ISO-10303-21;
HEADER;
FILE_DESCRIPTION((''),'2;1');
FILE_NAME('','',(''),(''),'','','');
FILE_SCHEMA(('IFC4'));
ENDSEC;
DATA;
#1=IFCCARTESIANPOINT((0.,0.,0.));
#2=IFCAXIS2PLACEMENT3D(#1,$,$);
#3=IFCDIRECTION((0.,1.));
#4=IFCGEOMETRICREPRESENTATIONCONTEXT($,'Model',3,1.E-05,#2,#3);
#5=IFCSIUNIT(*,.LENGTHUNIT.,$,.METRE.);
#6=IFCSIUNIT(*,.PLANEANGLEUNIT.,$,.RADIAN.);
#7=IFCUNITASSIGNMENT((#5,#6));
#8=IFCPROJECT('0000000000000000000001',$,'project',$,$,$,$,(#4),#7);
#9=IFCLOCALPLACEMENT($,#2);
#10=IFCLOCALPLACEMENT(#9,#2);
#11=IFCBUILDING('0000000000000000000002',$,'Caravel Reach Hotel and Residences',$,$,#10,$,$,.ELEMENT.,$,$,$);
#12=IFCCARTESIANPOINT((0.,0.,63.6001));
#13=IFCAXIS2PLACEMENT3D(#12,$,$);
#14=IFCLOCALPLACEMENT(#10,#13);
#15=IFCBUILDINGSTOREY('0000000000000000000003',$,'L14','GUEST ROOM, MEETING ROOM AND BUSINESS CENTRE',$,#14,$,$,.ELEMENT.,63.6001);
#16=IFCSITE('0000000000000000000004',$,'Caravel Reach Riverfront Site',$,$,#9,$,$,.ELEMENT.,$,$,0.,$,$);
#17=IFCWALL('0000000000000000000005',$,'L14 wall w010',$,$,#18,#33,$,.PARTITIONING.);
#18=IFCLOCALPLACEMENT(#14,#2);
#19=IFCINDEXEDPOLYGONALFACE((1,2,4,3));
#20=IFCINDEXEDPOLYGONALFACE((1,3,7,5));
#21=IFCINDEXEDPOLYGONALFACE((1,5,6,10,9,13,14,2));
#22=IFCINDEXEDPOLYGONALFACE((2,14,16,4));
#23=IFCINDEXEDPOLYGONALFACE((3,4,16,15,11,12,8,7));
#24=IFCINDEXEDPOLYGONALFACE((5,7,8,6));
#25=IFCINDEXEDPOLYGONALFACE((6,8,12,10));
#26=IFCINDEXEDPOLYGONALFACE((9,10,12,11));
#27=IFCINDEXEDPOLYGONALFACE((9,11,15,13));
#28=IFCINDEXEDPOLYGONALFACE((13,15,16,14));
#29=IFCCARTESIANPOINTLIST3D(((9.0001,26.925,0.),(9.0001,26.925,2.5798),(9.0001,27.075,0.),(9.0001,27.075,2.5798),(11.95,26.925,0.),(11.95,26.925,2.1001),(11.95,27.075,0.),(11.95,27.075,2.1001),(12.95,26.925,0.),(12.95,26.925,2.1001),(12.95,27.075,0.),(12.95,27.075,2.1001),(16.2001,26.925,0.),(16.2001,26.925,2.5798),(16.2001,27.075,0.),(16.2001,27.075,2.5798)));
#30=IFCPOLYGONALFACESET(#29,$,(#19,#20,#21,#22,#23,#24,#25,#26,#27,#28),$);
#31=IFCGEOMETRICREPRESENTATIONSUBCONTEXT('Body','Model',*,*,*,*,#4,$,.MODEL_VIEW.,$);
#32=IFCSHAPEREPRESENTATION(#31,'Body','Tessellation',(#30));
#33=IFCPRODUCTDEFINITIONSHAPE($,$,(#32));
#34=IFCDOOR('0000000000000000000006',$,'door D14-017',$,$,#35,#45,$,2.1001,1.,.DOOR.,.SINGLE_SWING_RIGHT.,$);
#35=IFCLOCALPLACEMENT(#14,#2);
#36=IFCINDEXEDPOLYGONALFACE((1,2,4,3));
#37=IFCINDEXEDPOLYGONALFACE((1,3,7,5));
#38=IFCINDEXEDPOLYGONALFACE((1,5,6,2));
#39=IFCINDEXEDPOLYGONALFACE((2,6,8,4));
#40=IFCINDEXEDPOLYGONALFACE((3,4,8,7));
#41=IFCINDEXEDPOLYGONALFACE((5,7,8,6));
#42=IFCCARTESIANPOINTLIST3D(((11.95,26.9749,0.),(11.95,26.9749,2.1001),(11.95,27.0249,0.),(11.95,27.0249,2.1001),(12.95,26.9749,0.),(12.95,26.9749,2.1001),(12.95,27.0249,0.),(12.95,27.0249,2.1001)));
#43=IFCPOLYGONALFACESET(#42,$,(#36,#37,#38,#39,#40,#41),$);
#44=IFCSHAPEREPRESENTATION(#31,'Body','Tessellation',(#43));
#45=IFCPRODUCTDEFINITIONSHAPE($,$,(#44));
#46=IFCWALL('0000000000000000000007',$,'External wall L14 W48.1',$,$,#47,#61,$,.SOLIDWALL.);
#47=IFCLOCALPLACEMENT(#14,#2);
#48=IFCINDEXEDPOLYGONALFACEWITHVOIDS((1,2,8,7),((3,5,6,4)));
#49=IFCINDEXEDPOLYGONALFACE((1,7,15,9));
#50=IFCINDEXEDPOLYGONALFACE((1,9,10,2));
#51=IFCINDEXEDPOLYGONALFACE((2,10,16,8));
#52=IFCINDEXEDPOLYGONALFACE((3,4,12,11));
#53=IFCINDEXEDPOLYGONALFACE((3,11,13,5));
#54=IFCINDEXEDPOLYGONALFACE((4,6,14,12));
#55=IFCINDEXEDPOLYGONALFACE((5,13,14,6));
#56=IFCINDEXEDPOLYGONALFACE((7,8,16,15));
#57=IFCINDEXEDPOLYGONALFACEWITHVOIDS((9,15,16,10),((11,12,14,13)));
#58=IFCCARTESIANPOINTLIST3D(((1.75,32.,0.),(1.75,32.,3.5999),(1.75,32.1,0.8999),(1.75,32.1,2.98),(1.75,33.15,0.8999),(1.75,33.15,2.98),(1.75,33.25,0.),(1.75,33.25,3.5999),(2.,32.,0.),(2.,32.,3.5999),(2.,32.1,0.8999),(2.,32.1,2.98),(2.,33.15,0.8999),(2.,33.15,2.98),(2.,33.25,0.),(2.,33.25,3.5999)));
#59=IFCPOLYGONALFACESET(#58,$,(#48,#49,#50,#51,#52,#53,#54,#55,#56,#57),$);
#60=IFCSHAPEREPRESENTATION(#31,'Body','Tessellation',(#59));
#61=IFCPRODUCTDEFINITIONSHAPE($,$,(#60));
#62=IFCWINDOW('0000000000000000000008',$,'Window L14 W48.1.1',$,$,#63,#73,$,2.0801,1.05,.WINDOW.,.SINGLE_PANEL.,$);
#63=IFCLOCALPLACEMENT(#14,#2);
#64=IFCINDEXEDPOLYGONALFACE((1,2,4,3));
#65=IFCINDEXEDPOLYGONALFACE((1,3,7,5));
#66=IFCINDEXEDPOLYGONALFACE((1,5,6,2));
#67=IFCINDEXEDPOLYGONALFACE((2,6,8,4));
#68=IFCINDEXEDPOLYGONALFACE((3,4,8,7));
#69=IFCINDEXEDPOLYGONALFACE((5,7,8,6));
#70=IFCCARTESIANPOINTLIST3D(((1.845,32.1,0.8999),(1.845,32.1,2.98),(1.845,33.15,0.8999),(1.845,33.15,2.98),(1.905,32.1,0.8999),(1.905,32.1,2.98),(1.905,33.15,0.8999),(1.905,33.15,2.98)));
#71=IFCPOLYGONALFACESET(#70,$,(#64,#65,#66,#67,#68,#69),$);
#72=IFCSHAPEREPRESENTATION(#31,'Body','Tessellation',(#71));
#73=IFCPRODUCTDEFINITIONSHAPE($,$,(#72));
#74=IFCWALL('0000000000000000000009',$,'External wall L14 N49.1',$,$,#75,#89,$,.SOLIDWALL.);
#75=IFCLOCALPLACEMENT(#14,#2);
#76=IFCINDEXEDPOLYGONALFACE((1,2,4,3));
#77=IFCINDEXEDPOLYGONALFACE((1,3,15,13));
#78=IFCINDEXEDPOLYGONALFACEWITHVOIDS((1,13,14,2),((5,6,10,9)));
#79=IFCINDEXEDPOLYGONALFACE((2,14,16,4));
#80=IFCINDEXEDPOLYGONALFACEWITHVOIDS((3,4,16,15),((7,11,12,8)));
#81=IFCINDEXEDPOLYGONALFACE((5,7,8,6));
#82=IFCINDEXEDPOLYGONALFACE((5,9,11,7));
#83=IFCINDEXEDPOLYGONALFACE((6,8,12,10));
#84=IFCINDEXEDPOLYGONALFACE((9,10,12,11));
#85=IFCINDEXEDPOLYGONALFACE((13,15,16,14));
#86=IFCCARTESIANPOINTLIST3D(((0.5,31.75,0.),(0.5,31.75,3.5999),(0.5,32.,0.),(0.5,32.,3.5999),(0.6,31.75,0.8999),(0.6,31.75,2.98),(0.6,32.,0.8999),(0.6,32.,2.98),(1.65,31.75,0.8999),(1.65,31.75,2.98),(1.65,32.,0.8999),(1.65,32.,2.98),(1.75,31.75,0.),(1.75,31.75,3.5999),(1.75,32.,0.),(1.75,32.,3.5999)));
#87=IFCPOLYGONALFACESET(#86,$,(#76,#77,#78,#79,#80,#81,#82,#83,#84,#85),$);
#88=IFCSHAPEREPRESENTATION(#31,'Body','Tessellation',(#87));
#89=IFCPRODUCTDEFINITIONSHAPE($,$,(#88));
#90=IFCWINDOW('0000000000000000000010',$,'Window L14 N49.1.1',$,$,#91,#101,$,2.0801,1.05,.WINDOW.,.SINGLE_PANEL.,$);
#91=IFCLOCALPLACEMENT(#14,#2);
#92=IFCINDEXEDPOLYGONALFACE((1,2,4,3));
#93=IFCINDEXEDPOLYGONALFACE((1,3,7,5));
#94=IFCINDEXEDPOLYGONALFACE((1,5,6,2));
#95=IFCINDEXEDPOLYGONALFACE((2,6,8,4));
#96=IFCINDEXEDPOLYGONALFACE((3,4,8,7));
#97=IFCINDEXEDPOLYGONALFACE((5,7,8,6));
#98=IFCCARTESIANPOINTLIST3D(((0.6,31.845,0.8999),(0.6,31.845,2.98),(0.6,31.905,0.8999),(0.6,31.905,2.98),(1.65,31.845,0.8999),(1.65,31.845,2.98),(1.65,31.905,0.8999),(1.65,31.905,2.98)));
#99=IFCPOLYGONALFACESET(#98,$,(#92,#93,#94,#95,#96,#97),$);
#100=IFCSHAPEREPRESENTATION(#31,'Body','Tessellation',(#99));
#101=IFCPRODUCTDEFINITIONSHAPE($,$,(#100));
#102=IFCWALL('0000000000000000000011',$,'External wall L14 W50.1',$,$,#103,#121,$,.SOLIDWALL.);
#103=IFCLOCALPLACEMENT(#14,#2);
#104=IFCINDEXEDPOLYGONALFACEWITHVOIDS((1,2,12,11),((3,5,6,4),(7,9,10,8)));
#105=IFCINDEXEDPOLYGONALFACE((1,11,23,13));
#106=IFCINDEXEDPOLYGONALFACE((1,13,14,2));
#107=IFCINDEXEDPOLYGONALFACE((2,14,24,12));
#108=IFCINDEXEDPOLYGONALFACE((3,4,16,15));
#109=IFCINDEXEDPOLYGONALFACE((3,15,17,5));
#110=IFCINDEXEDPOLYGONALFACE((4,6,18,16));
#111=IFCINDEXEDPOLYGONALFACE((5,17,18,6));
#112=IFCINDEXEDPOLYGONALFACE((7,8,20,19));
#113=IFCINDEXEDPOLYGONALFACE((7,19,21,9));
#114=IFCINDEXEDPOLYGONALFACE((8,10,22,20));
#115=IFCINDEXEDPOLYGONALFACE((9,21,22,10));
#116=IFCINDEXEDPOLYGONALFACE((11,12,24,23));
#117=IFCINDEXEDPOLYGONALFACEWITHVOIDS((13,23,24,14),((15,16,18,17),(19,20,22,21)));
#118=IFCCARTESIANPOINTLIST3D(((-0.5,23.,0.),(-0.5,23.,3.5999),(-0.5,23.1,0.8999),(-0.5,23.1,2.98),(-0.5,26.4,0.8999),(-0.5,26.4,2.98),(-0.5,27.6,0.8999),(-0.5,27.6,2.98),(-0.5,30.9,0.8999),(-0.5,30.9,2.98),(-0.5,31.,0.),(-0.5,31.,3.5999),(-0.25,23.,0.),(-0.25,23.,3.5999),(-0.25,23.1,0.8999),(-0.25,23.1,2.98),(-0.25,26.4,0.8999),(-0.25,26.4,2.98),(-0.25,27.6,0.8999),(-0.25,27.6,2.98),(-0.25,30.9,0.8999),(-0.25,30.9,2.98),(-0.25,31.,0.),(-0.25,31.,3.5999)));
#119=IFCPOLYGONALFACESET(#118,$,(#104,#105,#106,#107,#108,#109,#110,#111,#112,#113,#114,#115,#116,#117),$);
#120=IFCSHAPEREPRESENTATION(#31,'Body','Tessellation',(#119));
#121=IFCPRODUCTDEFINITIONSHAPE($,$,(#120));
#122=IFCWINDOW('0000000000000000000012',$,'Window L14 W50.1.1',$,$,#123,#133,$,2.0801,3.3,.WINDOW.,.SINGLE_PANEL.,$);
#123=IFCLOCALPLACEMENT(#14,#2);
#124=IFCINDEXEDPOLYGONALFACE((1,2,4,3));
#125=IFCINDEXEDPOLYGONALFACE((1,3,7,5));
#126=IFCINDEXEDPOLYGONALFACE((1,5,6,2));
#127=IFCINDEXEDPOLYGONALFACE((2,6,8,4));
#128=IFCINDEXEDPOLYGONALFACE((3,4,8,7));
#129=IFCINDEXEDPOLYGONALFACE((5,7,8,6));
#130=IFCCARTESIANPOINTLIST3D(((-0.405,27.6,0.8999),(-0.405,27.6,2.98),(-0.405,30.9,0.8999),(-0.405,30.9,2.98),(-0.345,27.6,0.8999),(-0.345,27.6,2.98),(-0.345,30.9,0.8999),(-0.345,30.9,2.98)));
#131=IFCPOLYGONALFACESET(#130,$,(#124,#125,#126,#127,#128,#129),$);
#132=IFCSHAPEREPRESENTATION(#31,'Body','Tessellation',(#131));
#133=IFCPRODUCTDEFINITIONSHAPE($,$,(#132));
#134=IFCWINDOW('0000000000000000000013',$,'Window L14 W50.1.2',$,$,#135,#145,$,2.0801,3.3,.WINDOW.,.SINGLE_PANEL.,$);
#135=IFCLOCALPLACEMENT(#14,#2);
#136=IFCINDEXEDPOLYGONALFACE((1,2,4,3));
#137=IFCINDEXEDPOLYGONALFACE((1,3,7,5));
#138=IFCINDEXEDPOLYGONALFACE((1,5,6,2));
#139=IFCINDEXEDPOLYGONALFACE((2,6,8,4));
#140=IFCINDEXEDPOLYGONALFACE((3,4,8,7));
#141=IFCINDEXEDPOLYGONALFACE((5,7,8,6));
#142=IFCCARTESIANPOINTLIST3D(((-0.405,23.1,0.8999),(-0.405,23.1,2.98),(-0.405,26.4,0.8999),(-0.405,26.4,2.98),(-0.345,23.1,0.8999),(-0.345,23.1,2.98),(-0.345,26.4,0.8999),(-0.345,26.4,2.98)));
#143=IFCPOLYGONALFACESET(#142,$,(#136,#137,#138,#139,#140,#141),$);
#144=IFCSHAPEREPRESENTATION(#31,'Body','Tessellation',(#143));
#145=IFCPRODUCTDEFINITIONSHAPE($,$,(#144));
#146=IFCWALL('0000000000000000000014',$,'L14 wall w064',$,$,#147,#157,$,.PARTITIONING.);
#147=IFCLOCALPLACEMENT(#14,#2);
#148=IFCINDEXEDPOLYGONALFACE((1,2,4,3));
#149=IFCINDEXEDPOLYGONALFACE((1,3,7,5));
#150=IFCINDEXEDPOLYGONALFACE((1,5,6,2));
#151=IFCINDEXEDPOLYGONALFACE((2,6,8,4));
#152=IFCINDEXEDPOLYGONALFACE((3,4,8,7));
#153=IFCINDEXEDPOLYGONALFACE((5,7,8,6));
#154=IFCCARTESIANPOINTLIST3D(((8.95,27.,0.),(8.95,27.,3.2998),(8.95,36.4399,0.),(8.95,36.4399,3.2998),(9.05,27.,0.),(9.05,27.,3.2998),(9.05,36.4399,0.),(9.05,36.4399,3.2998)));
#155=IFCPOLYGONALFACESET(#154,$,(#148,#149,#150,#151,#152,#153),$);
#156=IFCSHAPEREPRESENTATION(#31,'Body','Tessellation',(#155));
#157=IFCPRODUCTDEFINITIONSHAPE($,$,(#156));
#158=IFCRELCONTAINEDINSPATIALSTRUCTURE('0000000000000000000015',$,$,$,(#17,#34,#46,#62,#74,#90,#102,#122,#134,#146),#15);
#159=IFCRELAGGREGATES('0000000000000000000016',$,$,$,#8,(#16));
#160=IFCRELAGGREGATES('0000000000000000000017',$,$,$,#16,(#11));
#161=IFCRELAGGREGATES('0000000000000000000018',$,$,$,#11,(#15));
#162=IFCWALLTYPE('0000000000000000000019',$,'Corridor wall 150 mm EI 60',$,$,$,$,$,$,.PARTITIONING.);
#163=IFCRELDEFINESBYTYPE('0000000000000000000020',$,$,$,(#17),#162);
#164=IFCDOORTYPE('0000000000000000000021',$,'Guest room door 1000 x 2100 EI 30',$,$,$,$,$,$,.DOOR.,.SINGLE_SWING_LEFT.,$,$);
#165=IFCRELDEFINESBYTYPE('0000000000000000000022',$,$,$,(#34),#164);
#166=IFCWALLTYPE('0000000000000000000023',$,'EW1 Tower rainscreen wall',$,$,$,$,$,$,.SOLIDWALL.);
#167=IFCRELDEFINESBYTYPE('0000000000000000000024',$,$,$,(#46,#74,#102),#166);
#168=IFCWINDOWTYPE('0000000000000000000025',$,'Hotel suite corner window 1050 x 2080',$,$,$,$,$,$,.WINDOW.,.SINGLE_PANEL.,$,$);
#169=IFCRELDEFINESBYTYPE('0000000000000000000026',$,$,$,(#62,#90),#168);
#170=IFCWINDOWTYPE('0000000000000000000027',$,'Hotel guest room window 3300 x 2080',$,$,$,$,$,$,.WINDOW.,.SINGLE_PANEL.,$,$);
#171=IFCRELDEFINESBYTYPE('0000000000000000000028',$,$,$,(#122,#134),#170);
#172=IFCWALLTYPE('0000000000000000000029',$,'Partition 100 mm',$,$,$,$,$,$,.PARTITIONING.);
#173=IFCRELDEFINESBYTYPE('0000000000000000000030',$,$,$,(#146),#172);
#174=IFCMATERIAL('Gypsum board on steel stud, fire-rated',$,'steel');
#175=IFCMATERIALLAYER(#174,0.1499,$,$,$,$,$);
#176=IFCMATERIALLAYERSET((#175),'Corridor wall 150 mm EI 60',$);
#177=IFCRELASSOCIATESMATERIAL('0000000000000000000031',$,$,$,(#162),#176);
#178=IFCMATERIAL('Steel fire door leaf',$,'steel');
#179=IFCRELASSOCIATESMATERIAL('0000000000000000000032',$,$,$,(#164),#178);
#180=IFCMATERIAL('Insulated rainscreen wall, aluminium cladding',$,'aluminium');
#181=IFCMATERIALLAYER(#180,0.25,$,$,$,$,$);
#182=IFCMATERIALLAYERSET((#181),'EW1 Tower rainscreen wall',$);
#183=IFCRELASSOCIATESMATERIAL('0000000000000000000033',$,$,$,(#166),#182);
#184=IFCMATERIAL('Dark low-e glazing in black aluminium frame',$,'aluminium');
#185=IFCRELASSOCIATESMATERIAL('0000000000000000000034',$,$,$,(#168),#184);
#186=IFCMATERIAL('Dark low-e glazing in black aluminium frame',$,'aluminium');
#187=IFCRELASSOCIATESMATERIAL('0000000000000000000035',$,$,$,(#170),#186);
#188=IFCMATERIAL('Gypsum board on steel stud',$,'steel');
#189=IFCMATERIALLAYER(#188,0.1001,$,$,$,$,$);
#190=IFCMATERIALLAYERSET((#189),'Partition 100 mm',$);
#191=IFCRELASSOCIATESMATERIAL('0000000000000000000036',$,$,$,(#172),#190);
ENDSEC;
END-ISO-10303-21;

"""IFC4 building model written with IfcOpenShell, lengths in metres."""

from ifc_helpers import new_model, si_unit, direction, frame, frame_2d, origin, place, context, subcontext, project, spatial, rectangle, extrude, material, layer, layer_set, type_object, element, fill, save


model = new_model("IFC4")

# Units and contexts
model_context = context("Model", 3, precision=1e-05, world=origin(), true_north=direction((0.0, 1.0)))
body_context = subcontext(model_context, "Body", "Model", "MODEL_VIEW")
ifc_project = project(units=[si_unit("LENGTHUNIT", "METRE"), si_unit("PLANEANGLEUNIT", "RADIAN")], contexts=[model_context])

# Site, building, storey
site_placement = place(None, origin())
site = spatial("IfcSite", under=ifc_project, at=site_placement, Name="Caravel Reach Riverfront Site", CompositionType="ELEMENT", RefElevation=0.0)
building_placement = place(site_placement, origin())
building = spatial("IfcBuilding", under=site, at=building_placement, Name="Caravel Reach Hotel and Residences", CompositionType="ELEMENT")
storey_placement = place(building_placement, frame((0.0, 0.0, 63.6001)))
storey = spatial("IfcBuildingStorey", under=building, at=storey_placement, Name="L14", Description="GUEST ROOM, MEETING ROOM AND BUSINESS CENTRE", CompositionType="ELEMENT", Elevation=63.6001)

# Wall, opening, door
ifc_material_1 = material(Name="Gypsum board on steel stud, fire-rated", Category="steel")
ifc_layer_1 = layer(ifc_material_1, 0.1499)
ifc_layer_set_1 = layer_set([ifc_layer_1], Name="Corridor wall 150 mm EI 60")
wall_type_1 = type_object("IfcWallType", Name="Corridor wall 150 mm EI 60", PredefinedType="PARTITIONING", material=ifc_layer_set_1)
wall_1_placement = place(storey_placement, frame((9.0, 27.0, 0.0), z_axis=(0.0, 0.0, 1.0), x_axis=(1.0, 0.0, 0.0)))
wall_1 = element("IfcWall", 1, at=wall_1_placement, inside=storey, type_object=wall_type_1, Name="L14 wall w010", PredefinedType="PARTITIONING", context=body_context, shape_type="SweptSolid", body=[
    extrude(rectangle(XDim=7.2, YDim=0.1499, at=frame_2d((3.6001, 0.0))), origin(), (0.0, 0.0, 1.0), 2.5798),
])
opening_1_placement = place(wall_1_placement, frame((2.95, 0.0, 0.0)))
opening_1 = element("IfcOpeningElement", 2, at=opening_1_placement, cuts=wall_1, PredefinedType="OPENING", context=body_context, shape_type="SweptSolid", body=[
    extrude(rectangle(XDim=1.0, YDim=2.1001, at=frame_2d((0.5, 1.05))), frame((0.0, 0.085, 0.0), z_axis=(0.0, -1.0, 0.0), x_axis=(1.0, 0.0, 0.0)), (0.0, 0.0, 1.0), 0.1699),
])
ifc_material_2 = material(Name="Steel fire door leaf", Category="steel")
door_type_1 = type_object("IfcDoorType", Name="Guest room door 1000 x 2100 EI 30", OperationType="SINGLE_SWING_LEFT", PredefinedType="DOOR", material=ifc_material_2)
door_1_placement = place(opening_1_placement, origin())
door_1 = element("IfcDoor", 3, at=door_1_placement, inside=storey, type_object=door_type_1, Name="door D14-017", OperationType="SINGLE_SWING_RIGHT", OverallHeight=2.1001, OverallWidth=1.0, PredefinedType="DOOR", context=body_context, shape_type="SweptSolid", body=[
    extrude(rectangle(XDim=1.0, YDim=2.1001, at=frame_2d((0.5, 1.05))), frame((0.0, 0.0249, 0.0), z_axis=(0.0, -1.0, 0.0), x_axis=(1.0, 0.0, 0.0)), (0.0, 0.0, 1.0), 0.05),
])
fill(opening_1, door_1)

# Walls, openings, windows
ifc_material_3 = material(Name="Insulated rainscreen wall, aluminium cladding", Category="aluminium")
ifc_layer_2 = layer(ifc_material_3, 0.25)
ifc_layer_set_2 = layer_set([ifc_layer_2], Name="EW1 Tower rainscreen wall")
wall_type_2 = type_object("IfcWallType", Name="EW1 Tower rainscreen wall", PredefinedType="SOLIDWALL", material=ifc_layer_set_2)
wall_2_placement = place(storey_placement, frame((1.875, 33.25, 0.0), z_axis=(0.0, 0.0, 1.0), x_axis=(0.0, -1.0, 0.0)))
wall_2 = element("IfcWall", 4, at=wall_2_placement, inside=storey, type_object=wall_type_2, Name="External wall L14 W48.1", PredefinedType="SOLIDWALL", context=body_context, shape_type="SweptSolid", body=[
    extrude(rectangle(XDim=1.25, YDim=0.25, at=frame_2d((0.625, 0.0))), origin(), (0.0, 0.0, 1.0), 3.5999),
])
opening_2_placement = place(wall_2_placement, frame((0.1001, 0.0, 0.8999)))
opening_2 = element("IfcOpeningElement", 5, at=opening_2_placement, cuts=wall_2, PredefinedType="OPENING", context=body_context, shape_type="SweptSolid", body=[
    extrude(rectangle(XDim=1.05, YDim=2.0801, at=frame_2d((0.5249, 1.04))), frame((0.0, 0.135, 0.0), z_axis=(0.0, -1.0, 0.0), x_axis=(1.0, 0.0, 0.0)), (0.0, 0.0, 1.0), 0.27),
])
ifc_material_4 = material(Name="Dark low-e glazing in black aluminium frame", Category="aluminium")
window_type_1 = type_object("IfcWindowType", Name="Hotel suite corner window 1050 x 2080", PartitioningType="SINGLE_PANEL", PredefinedType="WINDOW", material=ifc_material_4)
window_1_placement = place(opening_2_placement, origin())
window_1 = element("IfcWindow", 6, at=window_1_placement, inside=storey, type_object=window_type_1, Name="Window L14 W48.1.1", OverallHeight=2.0801, OverallWidth=1.05, PartitioningType="SINGLE_PANEL", PredefinedType="WINDOW", context=body_context, shape_type="SweptSolid", body=[
    extrude(rectangle(XDim=1.05, YDim=2.0801, at=frame_2d((0.5249, 1.04))), frame((0.0, 0.03, 0.0), z_axis=(0.0, -1.0, 0.0), x_axis=(1.0, 0.0, 0.0)), (0.0, 0.0, 1.0), 0.0601),
])
fill(opening_2, window_1)
wall_3_placement = place(storey_placement, frame((1.75, 31.875, 0.0), z_axis=(0.0, 0.0, 1.0), x_axis=(-1.0, 0.0, 0.0)))
wall_3 = element("IfcWall", 7, at=wall_3_placement, inside=storey, type_object=wall_type_2, Name="External wall L14 N49.1", PredefinedType="SOLIDWALL", context=body_context, shape_type="SweptSolid", body=[
    extrude(rectangle(XDim=1.25, YDim=0.25, at=frame_2d((0.625, 0.0))), origin(), (0.0, 0.0, 1.0), 3.5999),
])
opening_3_placement = place(wall_3_placement, frame((0.1001, 0.0, 0.8999)))
opening_3 = element("IfcOpeningElement", 8, at=opening_3_placement, cuts=wall_3, PredefinedType="OPENING", context=body_context, shape_type="SweptSolid", body=[
    extrude(rectangle(XDim=1.05, YDim=2.0801, at=frame_2d((0.5249, 1.04))), frame((0.0, 0.135, 0.0), z_axis=(0.0, -1.0, 0.0), x_axis=(1.0, 0.0, 0.0)), (0.0, 0.0, 1.0), 0.27),
])
window_2_placement = place(opening_3_placement, origin())
window_2 = element("IfcWindow", 9, at=window_2_placement, inside=storey, type_object=window_type_1, Name="Window L14 N49.1.1", OverallHeight=2.0801, OverallWidth=1.05, PartitioningType="SINGLE_PANEL", PredefinedType="WINDOW", context=body_context, shape_type="SweptSolid", body=[
    extrude(rectangle(XDim=1.05, YDim=2.0801, at=frame_2d((0.5249, 1.04))), frame((0.0, 0.03, 0.0), z_axis=(0.0, -1.0, 0.0), x_axis=(1.0, 0.0, 0.0)), (0.0, 0.0, 1.0), 0.0601),
])
fill(opening_3, window_2)

# Wall, openings, windows
wall_4_placement = place(storey_placement, frame((-0.375, 31.0, 0.0), z_axis=(0.0, 0.0, 1.0), x_axis=(0.0, -1.0, 0.0)))
wall_4 = element("IfcWall", 10, at=wall_4_placement, inside=storey, type_object=wall_type_2, Name="External wall L14 W50.1", PredefinedType="SOLIDWALL", context=body_context, shape_type="SweptSolid", body=[
    extrude(rectangle(XDim=8.0, YDim=0.25, at=frame_2d((4.0, 0.0))), origin(), (0.0, 0.0, 1.0), 3.5999),
])
opening_4_placement = place(wall_4_placement, frame((0.1001, 0.0, 0.8999)))
opening_4 = element("IfcOpeningElement", 11, at=opening_4_placement, cuts=wall_4, PredefinedType="OPENING", context=body_context, shape_type="SweptSolid", body=[
    extrude(rectangle(XDim=3.3, YDim=2.0801, at=frame_2d((1.6499, 1.04))), frame((0.0, 0.135, 0.0), z_axis=(0.0, -1.0, 0.0), x_axis=(1.0, 0.0, 0.0)), (0.0, 0.0, 1.0), 0.27),
])
opening_5_placement = place(wall_4_placement, frame((4.6001, 0.0, 0.8999)))
opening_5 = element("IfcOpeningElement", 12, at=opening_5_placement, cuts=wall_4, PredefinedType="OPENING", context=body_context, shape_type="SweptSolid", body=[
    extrude(rectangle(XDim=3.3, YDim=2.0801, at=frame_2d((1.6499, 1.04))), frame((0.0, 0.135, 0.0), z_axis=(0.0, -1.0, 0.0), x_axis=(1.0, 0.0, 0.0)), (0.0, 0.0, 1.0), 0.27),
])
ifc_material_5 = material(Name="Dark low-e glazing in black aluminium frame", Category="aluminium")
window_type_2 = type_object("IfcWindowType", Name="Hotel guest room window 3300 x 2080", PartitioningType="SINGLE_PANEL", PredefinedType="WINDOW", material=ifc_material_5)
window_3_placement = place(opening_4_placement, origin())
window_3 = element("IfcWindow", 13, at=window_3_placement, inside=storey, type_object=window_type_2, Name="Window L14 W50.1.1", OverallHeight=2.0801, OverallWidth=3.3, PartitioningType="SINGLE_PANEL", PredefinedType="WINDOW", context=body_context, shape_type="SweptSolid", body=[
    extrude(rectangle(XDim=3.3, YDim=2.0801, at=frame_2d((1.6499, 1.04))), frame((0.0, 0.03, 0.0), z_axis=(0.0, -1.0, 0.0), x_axis=(1.0, 0.0, 0.0)), (0.0, 0.0, 1.0), 0.0601),
])
fill(opening_4, window_3)
window_4_placement = place(opening_5_placement, origin())
window_4 = element("IfcWindow", 14, at=window_4_placement, inside=storey, type_object=window_type_2, Name="Window L14 W50.1.2", OverallHeight=2.0801, OverallWidth=3.3, PartitioningType="SINGLE_PANEL", PredefinedType="WINDOW", context=body_context, shape_type="SweptSolid", body=[
    extrude(rectangle(XDim=3.3, YDim=2.0801, at=frame_2d((1.6499, 1.04))), frame((0.0, 0.03, 0.0), z_axis=(0.0, -1.0, 0.0), x_axis=(1.0, 0.0, 0.0)), (0.0, 0.0, 1.0), 0.0601),
])
fill(opening_5, window_4)

# Wall
ifc_material_6 = material(Name="Gypsum board on steel stud", Category="steel")
ifc_layer_3 = layer(ifc_material_6, 0.1001)
ifc_layer_set_3 = layer_set([ifc_layer_3], Name="Partition 100 mm")
wall_type_3 = type_object("IfcWallType", Name="Partition 100 mm", PredefinedType="PARTITIONING", material=ifc_layer_set_3)
wall_5_placement = place(storey_placement, frame((9.0, 27.0, 0.0), z_axis=(0.0, 0.0, 1.0), x_axis=(0.0, 1.0, 0.0)))
element("IfcWall", 15, at=wall_5_placement, inside=storey, type_object=wall_type_3, Name="L14 wall w064", PredefinedType="PARTITIONING", context=body_context, shape_type="SweptSolid", body=[
    extrude(rectangle(XDim=9.4399, YDim=0.1001, at=frame_2d((4.72, 0.0))), origin(), (0.0, 0.0, 1.0), 3.2998),
])

save(model, "model.ifc")
